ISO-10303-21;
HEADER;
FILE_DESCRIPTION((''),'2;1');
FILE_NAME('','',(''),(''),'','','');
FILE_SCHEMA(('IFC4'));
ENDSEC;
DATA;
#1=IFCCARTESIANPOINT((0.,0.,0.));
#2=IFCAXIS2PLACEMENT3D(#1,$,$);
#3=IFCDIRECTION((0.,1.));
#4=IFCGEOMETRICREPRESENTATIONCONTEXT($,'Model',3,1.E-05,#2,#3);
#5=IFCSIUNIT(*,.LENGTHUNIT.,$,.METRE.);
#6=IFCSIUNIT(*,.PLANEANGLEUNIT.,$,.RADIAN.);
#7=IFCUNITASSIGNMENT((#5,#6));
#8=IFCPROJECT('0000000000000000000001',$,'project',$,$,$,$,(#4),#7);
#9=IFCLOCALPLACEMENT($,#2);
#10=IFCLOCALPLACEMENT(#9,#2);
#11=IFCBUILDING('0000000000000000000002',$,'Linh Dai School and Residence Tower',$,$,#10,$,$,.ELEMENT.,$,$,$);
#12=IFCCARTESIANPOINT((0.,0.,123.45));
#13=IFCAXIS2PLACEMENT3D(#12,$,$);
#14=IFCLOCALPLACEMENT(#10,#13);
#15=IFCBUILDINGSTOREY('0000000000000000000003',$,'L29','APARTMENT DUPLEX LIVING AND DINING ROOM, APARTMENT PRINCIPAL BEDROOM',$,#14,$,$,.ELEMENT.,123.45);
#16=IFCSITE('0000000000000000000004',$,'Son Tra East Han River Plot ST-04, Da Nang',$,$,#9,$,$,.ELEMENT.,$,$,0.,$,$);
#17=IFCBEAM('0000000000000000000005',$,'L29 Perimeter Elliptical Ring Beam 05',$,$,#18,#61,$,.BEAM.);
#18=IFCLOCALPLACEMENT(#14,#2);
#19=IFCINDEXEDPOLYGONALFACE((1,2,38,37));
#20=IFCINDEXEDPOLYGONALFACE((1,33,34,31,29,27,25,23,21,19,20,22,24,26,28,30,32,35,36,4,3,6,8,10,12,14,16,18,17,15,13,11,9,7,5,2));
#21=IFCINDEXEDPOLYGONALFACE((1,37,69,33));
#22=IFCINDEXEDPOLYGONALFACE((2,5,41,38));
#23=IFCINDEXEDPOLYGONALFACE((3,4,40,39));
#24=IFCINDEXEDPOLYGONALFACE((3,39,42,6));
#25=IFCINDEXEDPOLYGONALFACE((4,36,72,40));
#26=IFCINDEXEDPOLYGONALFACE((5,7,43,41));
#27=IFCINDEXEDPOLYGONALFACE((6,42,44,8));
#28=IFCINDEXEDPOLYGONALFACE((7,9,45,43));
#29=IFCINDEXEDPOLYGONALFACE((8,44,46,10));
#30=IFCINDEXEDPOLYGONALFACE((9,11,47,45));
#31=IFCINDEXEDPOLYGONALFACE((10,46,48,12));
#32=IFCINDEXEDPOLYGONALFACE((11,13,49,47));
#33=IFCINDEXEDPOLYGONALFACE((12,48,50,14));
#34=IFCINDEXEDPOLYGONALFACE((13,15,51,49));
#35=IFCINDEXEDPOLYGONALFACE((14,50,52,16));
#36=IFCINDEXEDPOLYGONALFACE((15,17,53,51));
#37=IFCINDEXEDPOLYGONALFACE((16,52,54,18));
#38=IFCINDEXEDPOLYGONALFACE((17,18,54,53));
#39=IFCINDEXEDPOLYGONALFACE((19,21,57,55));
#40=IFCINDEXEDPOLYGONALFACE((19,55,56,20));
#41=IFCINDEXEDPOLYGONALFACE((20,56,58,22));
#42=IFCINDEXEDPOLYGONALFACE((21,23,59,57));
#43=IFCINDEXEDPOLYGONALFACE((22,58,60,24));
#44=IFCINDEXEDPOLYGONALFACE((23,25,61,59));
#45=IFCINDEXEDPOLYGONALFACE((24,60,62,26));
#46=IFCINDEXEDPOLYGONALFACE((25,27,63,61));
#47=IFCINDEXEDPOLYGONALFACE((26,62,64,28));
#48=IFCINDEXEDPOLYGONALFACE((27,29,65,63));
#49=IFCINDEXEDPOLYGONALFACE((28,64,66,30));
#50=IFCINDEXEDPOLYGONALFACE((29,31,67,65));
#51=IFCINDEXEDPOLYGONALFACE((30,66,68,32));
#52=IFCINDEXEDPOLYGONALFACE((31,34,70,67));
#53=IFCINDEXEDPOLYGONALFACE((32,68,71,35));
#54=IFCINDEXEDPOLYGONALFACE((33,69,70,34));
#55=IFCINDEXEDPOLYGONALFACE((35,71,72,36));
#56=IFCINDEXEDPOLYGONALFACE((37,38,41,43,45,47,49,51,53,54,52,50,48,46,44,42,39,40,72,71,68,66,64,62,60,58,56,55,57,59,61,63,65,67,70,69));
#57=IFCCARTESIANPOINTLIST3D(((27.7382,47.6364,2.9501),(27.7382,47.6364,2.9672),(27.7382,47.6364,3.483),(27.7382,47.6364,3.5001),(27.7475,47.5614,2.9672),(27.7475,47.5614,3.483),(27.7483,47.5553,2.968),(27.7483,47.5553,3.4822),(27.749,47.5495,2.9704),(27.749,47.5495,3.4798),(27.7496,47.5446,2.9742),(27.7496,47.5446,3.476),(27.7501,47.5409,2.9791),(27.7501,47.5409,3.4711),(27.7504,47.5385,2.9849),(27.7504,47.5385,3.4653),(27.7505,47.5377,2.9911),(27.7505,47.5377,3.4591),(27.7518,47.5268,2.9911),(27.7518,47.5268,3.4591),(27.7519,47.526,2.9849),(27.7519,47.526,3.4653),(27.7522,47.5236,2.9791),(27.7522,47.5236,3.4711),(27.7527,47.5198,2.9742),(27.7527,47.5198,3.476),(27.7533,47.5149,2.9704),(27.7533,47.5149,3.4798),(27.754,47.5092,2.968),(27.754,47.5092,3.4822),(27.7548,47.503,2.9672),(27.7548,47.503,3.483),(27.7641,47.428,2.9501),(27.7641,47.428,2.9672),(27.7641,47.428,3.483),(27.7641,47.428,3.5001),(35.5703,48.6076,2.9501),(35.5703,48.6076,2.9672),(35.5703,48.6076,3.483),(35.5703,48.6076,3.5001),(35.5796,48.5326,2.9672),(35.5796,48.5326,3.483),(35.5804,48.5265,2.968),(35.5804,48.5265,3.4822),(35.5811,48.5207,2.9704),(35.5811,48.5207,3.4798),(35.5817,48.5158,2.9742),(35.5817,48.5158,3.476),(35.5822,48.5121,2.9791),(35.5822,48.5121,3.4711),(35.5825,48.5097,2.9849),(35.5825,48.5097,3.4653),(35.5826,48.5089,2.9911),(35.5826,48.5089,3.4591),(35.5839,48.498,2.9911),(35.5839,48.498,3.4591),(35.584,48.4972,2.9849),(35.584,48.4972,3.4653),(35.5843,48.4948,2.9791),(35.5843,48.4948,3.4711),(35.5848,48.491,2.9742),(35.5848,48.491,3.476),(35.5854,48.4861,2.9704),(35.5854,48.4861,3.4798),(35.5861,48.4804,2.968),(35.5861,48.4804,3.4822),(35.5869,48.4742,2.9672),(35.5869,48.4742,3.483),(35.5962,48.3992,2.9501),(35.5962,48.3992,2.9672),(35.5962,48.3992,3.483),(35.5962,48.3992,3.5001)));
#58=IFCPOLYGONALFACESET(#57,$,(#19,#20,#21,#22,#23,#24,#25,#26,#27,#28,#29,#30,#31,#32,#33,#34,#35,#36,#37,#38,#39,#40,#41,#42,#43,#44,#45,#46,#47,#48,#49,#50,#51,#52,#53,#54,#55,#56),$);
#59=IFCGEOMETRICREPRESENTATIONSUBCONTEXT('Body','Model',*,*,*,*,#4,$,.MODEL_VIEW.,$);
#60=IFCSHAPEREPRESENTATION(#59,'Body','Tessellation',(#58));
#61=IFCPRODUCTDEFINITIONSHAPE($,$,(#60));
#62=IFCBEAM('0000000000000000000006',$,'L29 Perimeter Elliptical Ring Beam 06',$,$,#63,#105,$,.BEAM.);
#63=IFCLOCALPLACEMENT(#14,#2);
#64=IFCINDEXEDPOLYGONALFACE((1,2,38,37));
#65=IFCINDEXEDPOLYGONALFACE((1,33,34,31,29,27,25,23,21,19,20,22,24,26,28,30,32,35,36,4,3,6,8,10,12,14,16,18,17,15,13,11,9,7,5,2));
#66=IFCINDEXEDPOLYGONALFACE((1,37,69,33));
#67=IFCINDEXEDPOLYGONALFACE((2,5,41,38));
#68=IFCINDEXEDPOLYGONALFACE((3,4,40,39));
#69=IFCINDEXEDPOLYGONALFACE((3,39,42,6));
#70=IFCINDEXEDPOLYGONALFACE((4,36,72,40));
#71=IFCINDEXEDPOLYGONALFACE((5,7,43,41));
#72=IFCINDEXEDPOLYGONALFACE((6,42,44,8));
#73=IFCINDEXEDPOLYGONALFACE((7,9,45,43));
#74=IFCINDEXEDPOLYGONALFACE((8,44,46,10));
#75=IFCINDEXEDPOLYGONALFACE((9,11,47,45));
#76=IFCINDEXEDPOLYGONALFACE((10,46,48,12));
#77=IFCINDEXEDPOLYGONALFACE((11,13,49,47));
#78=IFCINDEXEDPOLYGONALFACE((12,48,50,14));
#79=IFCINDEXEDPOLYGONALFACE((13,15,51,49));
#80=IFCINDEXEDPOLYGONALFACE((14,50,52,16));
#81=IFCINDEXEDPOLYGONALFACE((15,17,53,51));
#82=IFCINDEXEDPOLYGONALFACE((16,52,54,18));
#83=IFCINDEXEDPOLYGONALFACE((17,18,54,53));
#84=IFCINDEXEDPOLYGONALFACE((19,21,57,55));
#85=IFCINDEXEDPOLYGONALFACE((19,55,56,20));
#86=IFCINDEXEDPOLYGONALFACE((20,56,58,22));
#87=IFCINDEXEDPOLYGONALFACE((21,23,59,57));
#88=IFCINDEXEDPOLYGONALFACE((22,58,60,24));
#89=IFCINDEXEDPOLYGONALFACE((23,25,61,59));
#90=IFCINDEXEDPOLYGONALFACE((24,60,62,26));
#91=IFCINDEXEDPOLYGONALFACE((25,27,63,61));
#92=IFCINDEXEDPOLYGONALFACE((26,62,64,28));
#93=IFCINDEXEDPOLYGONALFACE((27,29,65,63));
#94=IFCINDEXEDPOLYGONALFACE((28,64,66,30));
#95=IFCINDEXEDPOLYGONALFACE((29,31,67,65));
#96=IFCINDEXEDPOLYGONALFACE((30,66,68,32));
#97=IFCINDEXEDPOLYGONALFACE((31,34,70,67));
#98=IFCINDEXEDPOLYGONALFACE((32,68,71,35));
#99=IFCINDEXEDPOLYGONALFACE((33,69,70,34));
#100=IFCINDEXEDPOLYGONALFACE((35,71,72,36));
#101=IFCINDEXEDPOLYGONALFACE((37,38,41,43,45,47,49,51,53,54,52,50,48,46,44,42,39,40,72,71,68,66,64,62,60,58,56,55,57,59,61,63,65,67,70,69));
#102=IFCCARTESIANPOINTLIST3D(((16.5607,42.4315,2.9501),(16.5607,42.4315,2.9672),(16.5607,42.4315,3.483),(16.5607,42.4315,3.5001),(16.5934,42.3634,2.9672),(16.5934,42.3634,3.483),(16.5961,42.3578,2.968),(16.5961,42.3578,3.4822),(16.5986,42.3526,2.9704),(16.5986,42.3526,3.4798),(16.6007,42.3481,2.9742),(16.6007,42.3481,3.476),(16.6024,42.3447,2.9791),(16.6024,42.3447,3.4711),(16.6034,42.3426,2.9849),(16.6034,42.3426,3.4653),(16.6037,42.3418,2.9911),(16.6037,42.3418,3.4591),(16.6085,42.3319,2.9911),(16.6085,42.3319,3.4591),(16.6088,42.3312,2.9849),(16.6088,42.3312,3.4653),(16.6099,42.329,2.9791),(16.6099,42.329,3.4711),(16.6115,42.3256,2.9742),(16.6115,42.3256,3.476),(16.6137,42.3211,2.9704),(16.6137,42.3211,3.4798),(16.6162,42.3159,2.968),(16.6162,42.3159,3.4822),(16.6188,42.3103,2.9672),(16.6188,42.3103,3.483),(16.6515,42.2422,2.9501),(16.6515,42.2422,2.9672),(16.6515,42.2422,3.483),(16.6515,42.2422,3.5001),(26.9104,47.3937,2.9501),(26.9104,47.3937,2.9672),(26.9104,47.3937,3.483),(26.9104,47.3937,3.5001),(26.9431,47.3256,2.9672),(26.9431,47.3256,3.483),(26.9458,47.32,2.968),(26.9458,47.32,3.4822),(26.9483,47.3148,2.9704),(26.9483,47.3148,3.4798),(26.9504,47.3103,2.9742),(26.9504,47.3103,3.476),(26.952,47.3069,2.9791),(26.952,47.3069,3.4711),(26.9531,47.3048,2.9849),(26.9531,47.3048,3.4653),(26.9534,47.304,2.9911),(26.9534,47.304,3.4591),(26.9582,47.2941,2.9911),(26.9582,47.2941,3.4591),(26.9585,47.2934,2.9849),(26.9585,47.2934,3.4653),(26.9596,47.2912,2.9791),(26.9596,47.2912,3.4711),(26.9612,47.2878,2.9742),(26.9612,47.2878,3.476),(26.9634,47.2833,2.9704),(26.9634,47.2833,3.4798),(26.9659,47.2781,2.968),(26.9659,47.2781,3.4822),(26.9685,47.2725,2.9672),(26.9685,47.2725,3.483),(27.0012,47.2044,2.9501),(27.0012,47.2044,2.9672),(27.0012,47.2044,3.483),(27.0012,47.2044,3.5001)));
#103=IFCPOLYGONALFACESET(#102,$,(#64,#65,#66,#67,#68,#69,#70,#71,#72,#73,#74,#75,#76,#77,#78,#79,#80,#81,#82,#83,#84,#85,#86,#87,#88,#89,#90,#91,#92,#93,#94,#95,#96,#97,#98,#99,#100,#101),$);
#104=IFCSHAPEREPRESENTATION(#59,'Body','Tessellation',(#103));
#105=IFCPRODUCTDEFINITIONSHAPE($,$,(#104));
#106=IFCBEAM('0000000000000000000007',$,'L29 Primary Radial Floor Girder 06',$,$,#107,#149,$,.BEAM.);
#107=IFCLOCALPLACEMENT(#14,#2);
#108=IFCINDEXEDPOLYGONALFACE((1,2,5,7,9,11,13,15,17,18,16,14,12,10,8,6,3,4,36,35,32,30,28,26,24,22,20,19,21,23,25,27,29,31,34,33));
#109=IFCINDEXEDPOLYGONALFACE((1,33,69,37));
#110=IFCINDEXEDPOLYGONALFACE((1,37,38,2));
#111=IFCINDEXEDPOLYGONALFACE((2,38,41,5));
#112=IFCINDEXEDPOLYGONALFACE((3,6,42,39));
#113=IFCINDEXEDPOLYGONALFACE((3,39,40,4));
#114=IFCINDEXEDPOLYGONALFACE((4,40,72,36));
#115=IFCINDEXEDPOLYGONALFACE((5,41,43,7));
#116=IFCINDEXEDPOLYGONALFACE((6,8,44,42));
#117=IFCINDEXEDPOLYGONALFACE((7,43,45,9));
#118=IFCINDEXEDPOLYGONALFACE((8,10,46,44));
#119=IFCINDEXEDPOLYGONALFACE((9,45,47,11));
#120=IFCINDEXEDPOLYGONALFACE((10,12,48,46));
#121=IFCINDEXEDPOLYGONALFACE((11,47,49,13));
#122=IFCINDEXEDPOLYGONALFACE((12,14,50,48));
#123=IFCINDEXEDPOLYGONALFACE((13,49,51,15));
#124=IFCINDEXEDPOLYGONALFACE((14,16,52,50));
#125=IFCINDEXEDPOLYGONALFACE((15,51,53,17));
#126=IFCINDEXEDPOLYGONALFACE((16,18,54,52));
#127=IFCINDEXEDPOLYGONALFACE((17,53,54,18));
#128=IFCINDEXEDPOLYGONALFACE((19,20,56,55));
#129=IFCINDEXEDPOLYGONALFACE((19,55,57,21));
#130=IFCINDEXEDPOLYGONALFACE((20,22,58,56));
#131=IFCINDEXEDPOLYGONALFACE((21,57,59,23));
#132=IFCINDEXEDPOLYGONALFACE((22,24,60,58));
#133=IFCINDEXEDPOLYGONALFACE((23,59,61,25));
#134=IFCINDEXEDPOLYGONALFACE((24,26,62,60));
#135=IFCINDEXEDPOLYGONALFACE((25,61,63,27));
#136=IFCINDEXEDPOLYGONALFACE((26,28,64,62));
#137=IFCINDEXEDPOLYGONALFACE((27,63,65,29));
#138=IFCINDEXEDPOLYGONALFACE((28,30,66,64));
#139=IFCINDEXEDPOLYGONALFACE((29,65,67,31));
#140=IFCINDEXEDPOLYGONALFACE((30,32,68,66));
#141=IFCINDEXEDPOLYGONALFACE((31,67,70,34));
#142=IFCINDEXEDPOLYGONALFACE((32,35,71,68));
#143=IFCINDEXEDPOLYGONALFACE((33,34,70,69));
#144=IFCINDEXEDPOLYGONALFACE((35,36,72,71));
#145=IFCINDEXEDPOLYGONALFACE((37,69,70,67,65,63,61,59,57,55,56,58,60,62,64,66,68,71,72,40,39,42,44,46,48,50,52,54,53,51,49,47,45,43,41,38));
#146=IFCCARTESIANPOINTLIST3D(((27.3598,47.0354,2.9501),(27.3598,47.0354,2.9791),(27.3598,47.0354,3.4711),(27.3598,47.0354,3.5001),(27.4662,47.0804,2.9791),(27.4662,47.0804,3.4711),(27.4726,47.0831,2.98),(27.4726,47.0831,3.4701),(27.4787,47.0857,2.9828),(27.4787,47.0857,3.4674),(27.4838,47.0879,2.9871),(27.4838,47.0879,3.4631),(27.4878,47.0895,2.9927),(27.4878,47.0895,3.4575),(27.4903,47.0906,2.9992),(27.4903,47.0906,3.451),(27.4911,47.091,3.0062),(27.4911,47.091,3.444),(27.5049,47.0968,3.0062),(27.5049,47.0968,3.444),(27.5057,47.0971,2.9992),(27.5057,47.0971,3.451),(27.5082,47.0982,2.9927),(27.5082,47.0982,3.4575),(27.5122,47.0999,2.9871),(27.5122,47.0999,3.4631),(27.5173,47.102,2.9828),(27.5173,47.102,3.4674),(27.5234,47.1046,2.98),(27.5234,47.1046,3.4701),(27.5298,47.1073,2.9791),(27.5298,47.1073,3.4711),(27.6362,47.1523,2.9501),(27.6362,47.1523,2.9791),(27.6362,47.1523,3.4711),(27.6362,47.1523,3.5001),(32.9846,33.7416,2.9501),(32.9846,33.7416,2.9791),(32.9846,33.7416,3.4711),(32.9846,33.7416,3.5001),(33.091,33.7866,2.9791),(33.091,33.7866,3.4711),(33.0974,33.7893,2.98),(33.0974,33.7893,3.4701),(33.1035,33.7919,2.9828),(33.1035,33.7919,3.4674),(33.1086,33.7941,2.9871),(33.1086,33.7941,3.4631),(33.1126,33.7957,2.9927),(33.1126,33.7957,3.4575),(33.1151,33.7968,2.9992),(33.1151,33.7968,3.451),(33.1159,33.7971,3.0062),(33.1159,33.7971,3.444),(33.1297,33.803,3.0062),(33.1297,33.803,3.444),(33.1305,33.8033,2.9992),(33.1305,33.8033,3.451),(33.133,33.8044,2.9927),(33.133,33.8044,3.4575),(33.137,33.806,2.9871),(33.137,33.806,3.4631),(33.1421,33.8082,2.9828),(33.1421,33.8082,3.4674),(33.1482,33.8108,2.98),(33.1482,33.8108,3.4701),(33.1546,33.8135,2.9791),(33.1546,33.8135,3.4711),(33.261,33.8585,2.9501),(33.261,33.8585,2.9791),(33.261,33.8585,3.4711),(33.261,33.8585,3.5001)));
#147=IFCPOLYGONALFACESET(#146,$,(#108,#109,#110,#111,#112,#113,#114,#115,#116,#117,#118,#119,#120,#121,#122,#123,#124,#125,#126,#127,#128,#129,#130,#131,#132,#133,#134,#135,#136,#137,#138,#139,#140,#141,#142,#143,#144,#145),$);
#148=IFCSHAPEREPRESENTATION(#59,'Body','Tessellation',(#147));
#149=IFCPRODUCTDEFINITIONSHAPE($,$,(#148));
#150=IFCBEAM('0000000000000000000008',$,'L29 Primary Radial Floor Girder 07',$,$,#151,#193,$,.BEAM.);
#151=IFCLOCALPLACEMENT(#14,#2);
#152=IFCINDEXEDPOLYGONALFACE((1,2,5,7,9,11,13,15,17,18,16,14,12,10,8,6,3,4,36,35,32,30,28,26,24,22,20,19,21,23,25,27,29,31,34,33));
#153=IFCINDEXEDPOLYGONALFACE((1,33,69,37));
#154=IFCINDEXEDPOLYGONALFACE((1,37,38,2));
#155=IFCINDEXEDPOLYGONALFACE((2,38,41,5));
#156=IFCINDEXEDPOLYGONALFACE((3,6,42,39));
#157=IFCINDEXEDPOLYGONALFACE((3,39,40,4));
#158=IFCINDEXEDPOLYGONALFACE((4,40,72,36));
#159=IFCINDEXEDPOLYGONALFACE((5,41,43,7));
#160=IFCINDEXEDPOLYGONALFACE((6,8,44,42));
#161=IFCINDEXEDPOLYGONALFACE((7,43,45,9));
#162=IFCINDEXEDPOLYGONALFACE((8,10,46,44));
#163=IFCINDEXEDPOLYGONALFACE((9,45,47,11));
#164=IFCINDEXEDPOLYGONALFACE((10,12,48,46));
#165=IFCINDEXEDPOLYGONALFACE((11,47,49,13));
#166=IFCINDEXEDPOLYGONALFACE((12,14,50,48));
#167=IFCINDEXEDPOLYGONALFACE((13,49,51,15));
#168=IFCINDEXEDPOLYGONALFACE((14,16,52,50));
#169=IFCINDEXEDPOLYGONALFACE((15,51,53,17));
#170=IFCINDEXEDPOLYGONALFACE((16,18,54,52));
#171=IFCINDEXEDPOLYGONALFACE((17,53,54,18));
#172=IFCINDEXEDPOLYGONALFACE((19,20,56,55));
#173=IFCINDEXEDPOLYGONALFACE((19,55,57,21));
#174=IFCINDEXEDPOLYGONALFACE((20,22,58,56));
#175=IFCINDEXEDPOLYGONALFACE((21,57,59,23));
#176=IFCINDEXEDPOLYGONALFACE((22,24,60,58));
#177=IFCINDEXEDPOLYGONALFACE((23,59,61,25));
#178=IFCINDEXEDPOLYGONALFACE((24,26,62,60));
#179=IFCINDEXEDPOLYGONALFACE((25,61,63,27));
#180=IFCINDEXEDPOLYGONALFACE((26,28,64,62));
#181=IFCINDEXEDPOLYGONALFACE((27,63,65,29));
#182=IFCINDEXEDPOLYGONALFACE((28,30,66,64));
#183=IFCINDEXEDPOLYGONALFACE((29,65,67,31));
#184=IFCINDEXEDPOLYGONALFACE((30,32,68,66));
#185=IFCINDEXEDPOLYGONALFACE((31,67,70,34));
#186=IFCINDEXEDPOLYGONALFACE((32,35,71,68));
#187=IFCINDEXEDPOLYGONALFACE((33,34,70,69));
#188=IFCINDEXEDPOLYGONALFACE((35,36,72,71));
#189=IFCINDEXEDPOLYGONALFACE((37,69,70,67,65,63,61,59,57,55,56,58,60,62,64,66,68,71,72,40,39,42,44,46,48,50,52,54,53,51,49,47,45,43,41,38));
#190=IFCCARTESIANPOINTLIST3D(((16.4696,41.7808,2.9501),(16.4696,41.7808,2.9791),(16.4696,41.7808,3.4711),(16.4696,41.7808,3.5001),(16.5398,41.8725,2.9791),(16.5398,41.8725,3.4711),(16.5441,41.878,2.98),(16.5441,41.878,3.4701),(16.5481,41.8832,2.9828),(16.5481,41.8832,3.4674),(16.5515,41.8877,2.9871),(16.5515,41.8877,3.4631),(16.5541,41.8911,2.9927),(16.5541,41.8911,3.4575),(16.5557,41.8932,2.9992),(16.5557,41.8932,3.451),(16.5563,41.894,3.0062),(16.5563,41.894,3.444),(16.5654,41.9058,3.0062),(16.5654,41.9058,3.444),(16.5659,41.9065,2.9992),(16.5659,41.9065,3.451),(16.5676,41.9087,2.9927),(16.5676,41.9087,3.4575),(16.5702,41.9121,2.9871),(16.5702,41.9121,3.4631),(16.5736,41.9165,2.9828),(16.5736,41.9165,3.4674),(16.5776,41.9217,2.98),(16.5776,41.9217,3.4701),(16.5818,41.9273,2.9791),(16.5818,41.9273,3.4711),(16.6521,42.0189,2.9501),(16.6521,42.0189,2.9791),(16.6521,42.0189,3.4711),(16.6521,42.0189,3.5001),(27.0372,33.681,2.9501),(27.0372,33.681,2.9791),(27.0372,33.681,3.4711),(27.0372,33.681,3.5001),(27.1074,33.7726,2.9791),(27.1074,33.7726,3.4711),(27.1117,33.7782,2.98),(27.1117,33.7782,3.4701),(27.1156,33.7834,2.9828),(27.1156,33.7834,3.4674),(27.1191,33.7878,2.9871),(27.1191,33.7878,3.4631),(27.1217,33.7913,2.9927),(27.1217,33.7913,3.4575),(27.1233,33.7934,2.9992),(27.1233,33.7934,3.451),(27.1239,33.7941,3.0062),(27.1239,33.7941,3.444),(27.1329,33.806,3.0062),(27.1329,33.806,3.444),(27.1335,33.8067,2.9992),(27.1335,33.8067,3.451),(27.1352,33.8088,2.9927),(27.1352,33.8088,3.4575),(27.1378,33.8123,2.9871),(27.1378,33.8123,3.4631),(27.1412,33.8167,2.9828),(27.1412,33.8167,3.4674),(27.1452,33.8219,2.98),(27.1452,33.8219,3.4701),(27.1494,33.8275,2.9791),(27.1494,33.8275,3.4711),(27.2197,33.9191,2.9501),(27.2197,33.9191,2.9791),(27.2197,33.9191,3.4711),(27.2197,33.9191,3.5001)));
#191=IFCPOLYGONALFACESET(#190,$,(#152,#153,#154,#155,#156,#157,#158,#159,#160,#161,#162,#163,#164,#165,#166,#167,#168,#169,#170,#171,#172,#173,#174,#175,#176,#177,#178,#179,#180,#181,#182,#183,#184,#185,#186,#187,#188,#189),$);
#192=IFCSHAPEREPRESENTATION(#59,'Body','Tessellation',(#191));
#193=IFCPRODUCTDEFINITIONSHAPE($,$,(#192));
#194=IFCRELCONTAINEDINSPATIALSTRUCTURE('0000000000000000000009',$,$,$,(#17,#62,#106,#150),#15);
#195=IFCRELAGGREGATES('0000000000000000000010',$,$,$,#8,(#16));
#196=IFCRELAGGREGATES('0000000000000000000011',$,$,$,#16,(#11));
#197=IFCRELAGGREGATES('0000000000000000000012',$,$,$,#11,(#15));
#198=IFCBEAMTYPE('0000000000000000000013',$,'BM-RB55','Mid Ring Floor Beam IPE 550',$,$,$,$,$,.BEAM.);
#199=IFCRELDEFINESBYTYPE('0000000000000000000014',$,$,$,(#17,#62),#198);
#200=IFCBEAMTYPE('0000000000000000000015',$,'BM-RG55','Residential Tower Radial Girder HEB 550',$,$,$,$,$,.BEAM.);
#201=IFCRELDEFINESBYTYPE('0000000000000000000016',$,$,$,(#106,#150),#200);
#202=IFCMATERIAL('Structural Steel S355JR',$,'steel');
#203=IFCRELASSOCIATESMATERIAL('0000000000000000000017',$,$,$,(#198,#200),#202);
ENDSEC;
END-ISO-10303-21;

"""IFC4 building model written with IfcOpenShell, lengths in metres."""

from ifc_helpers import new_model, si_unit, direction, frame, origin, origin_2d, place, context, subcontext, project, spatial, i_section, extrude, material, material_profile, profile_set, type_object, element, save


model = new_model("IFC4")

# Units and contexts
model_context = context("Model", 3, precision=1e-05, world=origin(), true_north=direction((0.0, 1.0)))
body_context = subcontext(model_context, "Body", "Model", "MODEL_VIEW")
ifc_project = project(units=[si_unit("LENGTHUNIT", "METRE"), si_unit("PLANEANGLEUNIT", "RADIAN")], contexts=[model_context])

# Site, building, storey
site_placement = place(None, origin())
site = spatial("IfcSite", under=ifc_project, at=site_placement, Name="Son Tra East Han River Plot ST-04, Da Nang", CompositionType="ELEMENT", RefElevation=0.0)
building_placement = place(site_placement, origin())
building = spatial("IfcBuilding", under=site, at=building_placement, Name="Linh Dai School and Residence Tower", CompositionType="ELEMENT")
storey_placement = place(building_placement, frame((0.0, 0.0, 123.45)))
storey = spatial("IfcBuildingStorey", under=building, at=storey_placement, Name="L29", Description="APARTMENT DUPLEX LIVING AND DINING ROOM, APARTMENT PRINCIPAL BEDROOM", CompositionType="ELEMENT", Elevation=123.45)

# Shared definitions
ifc_material_1 = material(Name="Structural Steel S355JR", Category="steel")

# Beams
ifc_material_profile_1 = material_profile(ifc_material_1, i_section(OverallWidth=0.21, OverallDepth=0.55, WebThickness=0.011, FlangeThickness=0.0171, FilletRadius=0.0239, at=origin_2d()), Name="IPE 550")
ifc_profile_set_1 = profile_set([ifc_material_profile_1], Name="Structural Steel S355JR")
beam_type_1 = type_object("IfcBeamType", Name="BM-RB55", Description="Mid Ring Floor Beam IPE 550", PredefinedType="BEAM", material=ifc_profile_set_1)
beam_1_placement = place(storey_placement, frame((35.5833, 48.5034, 3.2251), z_axis=(-0.992399, -0.12306, 0.0), x_axis=(0.12306, -0.992399, 0.0)))
element("IfcBeam", 1, at=beam_1_placement, inside=storey, type_object=beam_type_1, Name="L29 Perimeter Elliptical Ring Beam 05", PredefinedType="BEAM", context=body_context, shape_type="SweptSolid", body=[
    extrude(i_section(OverallWidth=0.21, OverallDepth=0.55, WebThickness=0.011, FlangeThickness=0.0171, FilletRadius=0.0239, at=origin_2d()), origin(), (0.0, 0.0, 1.0), 7.8921),
])
beam_2_placement = place(storey_placement, frame((26.9558, 47.2991, 3.2251), z_axis=(-0.901715, -0.432331, 0.0), x_axis=(0.432331, -0.901715, 0.0)))
element("IfcBeam", 2, at=beam_2_placement, inside=storey, type_object=beam_type_1, Name="L29 Perimeter Elliptical Ring Beam 06", PredefinedType="BEAM", context=body_context, shape_type="SweptSolid", body=[
    extrude(i_section(OverallWidth=0.21, OverallDepth=0.55, WebThickness=0.011, FlangeThickness=0.0171, FilletRadius=0.0239, at=origin_2d()), origin(), (0.0, 0.0, 1.0), 11.4778),
])
ifc_material_profile_2 = material_profile(ifc_material_1, i_section(OverallWidth=0.3, OverallDepth=0.55, WebThickness=0.0149, FlangeThickness=0.0291, FilletRadius=0.0271, at=origin_2d()), Name="HEB 550")
ifc_profile_set_2 = profile_set([ifc_material_profile_2], Name="Structural Steel S355JR")
beam_type_2 = type_object("IfcBeamType", Name="BM-RG55", Description="Residential Tower Radial Girder HEB 550", PredefinedType="BEAM", material=ifc_profile_set_2)
beam_3_placement = place(storey_placement, frame((33.1228, 33.8, 3.2251), z_axis=(-0.389669, 0.920955, 0.0), x_axis=(-0.920955, -0.389669, 0.0)))
element("IfcBeam", 3, at=beam_3_placement, inside=storey, type_object=beam_type_2, Name="L29 Primary Radial Floor Girder 06", PredefinedType="BEAM", context=body_context, shape_type="SweptSolid", body=[
    extrude(i_section(OverallWidth=0.3, OverallDepth=0.55, WebThickness=0.0149, FlangeThickness=0.0291, FilletRadius=0.0271, at=origin_2d()), origin(), (0.0, 0.0, 1.0), 14.4348),
])
beam_4_placement = place(storey_placement, frame((27.1284, 33.8, 3.2251), z_axis=(-0.793679, 0.608337, 0.0), x_axis=(-0.608337, -0.793679, 0.0)))
element("IfcBeam", 4, at=beam_4_placement, inside=storey, type_object=beam_type_2, Name="L29 Primary Radial Floor Girder 07", PredefinedType="BEAM", context=body_context, shape_type="SweptSolid", body=[
    extrude(i_section(OverallWidth=0.3, OverallDepth=0.55, WebThickness=0.0149, FlangeThickness=0.0291, FilletRadius=0.0271, at=origin_2d()), origin(), (0.0, 0.0, 1.0), 13.3147),
])

save(model, "model.ifc")
